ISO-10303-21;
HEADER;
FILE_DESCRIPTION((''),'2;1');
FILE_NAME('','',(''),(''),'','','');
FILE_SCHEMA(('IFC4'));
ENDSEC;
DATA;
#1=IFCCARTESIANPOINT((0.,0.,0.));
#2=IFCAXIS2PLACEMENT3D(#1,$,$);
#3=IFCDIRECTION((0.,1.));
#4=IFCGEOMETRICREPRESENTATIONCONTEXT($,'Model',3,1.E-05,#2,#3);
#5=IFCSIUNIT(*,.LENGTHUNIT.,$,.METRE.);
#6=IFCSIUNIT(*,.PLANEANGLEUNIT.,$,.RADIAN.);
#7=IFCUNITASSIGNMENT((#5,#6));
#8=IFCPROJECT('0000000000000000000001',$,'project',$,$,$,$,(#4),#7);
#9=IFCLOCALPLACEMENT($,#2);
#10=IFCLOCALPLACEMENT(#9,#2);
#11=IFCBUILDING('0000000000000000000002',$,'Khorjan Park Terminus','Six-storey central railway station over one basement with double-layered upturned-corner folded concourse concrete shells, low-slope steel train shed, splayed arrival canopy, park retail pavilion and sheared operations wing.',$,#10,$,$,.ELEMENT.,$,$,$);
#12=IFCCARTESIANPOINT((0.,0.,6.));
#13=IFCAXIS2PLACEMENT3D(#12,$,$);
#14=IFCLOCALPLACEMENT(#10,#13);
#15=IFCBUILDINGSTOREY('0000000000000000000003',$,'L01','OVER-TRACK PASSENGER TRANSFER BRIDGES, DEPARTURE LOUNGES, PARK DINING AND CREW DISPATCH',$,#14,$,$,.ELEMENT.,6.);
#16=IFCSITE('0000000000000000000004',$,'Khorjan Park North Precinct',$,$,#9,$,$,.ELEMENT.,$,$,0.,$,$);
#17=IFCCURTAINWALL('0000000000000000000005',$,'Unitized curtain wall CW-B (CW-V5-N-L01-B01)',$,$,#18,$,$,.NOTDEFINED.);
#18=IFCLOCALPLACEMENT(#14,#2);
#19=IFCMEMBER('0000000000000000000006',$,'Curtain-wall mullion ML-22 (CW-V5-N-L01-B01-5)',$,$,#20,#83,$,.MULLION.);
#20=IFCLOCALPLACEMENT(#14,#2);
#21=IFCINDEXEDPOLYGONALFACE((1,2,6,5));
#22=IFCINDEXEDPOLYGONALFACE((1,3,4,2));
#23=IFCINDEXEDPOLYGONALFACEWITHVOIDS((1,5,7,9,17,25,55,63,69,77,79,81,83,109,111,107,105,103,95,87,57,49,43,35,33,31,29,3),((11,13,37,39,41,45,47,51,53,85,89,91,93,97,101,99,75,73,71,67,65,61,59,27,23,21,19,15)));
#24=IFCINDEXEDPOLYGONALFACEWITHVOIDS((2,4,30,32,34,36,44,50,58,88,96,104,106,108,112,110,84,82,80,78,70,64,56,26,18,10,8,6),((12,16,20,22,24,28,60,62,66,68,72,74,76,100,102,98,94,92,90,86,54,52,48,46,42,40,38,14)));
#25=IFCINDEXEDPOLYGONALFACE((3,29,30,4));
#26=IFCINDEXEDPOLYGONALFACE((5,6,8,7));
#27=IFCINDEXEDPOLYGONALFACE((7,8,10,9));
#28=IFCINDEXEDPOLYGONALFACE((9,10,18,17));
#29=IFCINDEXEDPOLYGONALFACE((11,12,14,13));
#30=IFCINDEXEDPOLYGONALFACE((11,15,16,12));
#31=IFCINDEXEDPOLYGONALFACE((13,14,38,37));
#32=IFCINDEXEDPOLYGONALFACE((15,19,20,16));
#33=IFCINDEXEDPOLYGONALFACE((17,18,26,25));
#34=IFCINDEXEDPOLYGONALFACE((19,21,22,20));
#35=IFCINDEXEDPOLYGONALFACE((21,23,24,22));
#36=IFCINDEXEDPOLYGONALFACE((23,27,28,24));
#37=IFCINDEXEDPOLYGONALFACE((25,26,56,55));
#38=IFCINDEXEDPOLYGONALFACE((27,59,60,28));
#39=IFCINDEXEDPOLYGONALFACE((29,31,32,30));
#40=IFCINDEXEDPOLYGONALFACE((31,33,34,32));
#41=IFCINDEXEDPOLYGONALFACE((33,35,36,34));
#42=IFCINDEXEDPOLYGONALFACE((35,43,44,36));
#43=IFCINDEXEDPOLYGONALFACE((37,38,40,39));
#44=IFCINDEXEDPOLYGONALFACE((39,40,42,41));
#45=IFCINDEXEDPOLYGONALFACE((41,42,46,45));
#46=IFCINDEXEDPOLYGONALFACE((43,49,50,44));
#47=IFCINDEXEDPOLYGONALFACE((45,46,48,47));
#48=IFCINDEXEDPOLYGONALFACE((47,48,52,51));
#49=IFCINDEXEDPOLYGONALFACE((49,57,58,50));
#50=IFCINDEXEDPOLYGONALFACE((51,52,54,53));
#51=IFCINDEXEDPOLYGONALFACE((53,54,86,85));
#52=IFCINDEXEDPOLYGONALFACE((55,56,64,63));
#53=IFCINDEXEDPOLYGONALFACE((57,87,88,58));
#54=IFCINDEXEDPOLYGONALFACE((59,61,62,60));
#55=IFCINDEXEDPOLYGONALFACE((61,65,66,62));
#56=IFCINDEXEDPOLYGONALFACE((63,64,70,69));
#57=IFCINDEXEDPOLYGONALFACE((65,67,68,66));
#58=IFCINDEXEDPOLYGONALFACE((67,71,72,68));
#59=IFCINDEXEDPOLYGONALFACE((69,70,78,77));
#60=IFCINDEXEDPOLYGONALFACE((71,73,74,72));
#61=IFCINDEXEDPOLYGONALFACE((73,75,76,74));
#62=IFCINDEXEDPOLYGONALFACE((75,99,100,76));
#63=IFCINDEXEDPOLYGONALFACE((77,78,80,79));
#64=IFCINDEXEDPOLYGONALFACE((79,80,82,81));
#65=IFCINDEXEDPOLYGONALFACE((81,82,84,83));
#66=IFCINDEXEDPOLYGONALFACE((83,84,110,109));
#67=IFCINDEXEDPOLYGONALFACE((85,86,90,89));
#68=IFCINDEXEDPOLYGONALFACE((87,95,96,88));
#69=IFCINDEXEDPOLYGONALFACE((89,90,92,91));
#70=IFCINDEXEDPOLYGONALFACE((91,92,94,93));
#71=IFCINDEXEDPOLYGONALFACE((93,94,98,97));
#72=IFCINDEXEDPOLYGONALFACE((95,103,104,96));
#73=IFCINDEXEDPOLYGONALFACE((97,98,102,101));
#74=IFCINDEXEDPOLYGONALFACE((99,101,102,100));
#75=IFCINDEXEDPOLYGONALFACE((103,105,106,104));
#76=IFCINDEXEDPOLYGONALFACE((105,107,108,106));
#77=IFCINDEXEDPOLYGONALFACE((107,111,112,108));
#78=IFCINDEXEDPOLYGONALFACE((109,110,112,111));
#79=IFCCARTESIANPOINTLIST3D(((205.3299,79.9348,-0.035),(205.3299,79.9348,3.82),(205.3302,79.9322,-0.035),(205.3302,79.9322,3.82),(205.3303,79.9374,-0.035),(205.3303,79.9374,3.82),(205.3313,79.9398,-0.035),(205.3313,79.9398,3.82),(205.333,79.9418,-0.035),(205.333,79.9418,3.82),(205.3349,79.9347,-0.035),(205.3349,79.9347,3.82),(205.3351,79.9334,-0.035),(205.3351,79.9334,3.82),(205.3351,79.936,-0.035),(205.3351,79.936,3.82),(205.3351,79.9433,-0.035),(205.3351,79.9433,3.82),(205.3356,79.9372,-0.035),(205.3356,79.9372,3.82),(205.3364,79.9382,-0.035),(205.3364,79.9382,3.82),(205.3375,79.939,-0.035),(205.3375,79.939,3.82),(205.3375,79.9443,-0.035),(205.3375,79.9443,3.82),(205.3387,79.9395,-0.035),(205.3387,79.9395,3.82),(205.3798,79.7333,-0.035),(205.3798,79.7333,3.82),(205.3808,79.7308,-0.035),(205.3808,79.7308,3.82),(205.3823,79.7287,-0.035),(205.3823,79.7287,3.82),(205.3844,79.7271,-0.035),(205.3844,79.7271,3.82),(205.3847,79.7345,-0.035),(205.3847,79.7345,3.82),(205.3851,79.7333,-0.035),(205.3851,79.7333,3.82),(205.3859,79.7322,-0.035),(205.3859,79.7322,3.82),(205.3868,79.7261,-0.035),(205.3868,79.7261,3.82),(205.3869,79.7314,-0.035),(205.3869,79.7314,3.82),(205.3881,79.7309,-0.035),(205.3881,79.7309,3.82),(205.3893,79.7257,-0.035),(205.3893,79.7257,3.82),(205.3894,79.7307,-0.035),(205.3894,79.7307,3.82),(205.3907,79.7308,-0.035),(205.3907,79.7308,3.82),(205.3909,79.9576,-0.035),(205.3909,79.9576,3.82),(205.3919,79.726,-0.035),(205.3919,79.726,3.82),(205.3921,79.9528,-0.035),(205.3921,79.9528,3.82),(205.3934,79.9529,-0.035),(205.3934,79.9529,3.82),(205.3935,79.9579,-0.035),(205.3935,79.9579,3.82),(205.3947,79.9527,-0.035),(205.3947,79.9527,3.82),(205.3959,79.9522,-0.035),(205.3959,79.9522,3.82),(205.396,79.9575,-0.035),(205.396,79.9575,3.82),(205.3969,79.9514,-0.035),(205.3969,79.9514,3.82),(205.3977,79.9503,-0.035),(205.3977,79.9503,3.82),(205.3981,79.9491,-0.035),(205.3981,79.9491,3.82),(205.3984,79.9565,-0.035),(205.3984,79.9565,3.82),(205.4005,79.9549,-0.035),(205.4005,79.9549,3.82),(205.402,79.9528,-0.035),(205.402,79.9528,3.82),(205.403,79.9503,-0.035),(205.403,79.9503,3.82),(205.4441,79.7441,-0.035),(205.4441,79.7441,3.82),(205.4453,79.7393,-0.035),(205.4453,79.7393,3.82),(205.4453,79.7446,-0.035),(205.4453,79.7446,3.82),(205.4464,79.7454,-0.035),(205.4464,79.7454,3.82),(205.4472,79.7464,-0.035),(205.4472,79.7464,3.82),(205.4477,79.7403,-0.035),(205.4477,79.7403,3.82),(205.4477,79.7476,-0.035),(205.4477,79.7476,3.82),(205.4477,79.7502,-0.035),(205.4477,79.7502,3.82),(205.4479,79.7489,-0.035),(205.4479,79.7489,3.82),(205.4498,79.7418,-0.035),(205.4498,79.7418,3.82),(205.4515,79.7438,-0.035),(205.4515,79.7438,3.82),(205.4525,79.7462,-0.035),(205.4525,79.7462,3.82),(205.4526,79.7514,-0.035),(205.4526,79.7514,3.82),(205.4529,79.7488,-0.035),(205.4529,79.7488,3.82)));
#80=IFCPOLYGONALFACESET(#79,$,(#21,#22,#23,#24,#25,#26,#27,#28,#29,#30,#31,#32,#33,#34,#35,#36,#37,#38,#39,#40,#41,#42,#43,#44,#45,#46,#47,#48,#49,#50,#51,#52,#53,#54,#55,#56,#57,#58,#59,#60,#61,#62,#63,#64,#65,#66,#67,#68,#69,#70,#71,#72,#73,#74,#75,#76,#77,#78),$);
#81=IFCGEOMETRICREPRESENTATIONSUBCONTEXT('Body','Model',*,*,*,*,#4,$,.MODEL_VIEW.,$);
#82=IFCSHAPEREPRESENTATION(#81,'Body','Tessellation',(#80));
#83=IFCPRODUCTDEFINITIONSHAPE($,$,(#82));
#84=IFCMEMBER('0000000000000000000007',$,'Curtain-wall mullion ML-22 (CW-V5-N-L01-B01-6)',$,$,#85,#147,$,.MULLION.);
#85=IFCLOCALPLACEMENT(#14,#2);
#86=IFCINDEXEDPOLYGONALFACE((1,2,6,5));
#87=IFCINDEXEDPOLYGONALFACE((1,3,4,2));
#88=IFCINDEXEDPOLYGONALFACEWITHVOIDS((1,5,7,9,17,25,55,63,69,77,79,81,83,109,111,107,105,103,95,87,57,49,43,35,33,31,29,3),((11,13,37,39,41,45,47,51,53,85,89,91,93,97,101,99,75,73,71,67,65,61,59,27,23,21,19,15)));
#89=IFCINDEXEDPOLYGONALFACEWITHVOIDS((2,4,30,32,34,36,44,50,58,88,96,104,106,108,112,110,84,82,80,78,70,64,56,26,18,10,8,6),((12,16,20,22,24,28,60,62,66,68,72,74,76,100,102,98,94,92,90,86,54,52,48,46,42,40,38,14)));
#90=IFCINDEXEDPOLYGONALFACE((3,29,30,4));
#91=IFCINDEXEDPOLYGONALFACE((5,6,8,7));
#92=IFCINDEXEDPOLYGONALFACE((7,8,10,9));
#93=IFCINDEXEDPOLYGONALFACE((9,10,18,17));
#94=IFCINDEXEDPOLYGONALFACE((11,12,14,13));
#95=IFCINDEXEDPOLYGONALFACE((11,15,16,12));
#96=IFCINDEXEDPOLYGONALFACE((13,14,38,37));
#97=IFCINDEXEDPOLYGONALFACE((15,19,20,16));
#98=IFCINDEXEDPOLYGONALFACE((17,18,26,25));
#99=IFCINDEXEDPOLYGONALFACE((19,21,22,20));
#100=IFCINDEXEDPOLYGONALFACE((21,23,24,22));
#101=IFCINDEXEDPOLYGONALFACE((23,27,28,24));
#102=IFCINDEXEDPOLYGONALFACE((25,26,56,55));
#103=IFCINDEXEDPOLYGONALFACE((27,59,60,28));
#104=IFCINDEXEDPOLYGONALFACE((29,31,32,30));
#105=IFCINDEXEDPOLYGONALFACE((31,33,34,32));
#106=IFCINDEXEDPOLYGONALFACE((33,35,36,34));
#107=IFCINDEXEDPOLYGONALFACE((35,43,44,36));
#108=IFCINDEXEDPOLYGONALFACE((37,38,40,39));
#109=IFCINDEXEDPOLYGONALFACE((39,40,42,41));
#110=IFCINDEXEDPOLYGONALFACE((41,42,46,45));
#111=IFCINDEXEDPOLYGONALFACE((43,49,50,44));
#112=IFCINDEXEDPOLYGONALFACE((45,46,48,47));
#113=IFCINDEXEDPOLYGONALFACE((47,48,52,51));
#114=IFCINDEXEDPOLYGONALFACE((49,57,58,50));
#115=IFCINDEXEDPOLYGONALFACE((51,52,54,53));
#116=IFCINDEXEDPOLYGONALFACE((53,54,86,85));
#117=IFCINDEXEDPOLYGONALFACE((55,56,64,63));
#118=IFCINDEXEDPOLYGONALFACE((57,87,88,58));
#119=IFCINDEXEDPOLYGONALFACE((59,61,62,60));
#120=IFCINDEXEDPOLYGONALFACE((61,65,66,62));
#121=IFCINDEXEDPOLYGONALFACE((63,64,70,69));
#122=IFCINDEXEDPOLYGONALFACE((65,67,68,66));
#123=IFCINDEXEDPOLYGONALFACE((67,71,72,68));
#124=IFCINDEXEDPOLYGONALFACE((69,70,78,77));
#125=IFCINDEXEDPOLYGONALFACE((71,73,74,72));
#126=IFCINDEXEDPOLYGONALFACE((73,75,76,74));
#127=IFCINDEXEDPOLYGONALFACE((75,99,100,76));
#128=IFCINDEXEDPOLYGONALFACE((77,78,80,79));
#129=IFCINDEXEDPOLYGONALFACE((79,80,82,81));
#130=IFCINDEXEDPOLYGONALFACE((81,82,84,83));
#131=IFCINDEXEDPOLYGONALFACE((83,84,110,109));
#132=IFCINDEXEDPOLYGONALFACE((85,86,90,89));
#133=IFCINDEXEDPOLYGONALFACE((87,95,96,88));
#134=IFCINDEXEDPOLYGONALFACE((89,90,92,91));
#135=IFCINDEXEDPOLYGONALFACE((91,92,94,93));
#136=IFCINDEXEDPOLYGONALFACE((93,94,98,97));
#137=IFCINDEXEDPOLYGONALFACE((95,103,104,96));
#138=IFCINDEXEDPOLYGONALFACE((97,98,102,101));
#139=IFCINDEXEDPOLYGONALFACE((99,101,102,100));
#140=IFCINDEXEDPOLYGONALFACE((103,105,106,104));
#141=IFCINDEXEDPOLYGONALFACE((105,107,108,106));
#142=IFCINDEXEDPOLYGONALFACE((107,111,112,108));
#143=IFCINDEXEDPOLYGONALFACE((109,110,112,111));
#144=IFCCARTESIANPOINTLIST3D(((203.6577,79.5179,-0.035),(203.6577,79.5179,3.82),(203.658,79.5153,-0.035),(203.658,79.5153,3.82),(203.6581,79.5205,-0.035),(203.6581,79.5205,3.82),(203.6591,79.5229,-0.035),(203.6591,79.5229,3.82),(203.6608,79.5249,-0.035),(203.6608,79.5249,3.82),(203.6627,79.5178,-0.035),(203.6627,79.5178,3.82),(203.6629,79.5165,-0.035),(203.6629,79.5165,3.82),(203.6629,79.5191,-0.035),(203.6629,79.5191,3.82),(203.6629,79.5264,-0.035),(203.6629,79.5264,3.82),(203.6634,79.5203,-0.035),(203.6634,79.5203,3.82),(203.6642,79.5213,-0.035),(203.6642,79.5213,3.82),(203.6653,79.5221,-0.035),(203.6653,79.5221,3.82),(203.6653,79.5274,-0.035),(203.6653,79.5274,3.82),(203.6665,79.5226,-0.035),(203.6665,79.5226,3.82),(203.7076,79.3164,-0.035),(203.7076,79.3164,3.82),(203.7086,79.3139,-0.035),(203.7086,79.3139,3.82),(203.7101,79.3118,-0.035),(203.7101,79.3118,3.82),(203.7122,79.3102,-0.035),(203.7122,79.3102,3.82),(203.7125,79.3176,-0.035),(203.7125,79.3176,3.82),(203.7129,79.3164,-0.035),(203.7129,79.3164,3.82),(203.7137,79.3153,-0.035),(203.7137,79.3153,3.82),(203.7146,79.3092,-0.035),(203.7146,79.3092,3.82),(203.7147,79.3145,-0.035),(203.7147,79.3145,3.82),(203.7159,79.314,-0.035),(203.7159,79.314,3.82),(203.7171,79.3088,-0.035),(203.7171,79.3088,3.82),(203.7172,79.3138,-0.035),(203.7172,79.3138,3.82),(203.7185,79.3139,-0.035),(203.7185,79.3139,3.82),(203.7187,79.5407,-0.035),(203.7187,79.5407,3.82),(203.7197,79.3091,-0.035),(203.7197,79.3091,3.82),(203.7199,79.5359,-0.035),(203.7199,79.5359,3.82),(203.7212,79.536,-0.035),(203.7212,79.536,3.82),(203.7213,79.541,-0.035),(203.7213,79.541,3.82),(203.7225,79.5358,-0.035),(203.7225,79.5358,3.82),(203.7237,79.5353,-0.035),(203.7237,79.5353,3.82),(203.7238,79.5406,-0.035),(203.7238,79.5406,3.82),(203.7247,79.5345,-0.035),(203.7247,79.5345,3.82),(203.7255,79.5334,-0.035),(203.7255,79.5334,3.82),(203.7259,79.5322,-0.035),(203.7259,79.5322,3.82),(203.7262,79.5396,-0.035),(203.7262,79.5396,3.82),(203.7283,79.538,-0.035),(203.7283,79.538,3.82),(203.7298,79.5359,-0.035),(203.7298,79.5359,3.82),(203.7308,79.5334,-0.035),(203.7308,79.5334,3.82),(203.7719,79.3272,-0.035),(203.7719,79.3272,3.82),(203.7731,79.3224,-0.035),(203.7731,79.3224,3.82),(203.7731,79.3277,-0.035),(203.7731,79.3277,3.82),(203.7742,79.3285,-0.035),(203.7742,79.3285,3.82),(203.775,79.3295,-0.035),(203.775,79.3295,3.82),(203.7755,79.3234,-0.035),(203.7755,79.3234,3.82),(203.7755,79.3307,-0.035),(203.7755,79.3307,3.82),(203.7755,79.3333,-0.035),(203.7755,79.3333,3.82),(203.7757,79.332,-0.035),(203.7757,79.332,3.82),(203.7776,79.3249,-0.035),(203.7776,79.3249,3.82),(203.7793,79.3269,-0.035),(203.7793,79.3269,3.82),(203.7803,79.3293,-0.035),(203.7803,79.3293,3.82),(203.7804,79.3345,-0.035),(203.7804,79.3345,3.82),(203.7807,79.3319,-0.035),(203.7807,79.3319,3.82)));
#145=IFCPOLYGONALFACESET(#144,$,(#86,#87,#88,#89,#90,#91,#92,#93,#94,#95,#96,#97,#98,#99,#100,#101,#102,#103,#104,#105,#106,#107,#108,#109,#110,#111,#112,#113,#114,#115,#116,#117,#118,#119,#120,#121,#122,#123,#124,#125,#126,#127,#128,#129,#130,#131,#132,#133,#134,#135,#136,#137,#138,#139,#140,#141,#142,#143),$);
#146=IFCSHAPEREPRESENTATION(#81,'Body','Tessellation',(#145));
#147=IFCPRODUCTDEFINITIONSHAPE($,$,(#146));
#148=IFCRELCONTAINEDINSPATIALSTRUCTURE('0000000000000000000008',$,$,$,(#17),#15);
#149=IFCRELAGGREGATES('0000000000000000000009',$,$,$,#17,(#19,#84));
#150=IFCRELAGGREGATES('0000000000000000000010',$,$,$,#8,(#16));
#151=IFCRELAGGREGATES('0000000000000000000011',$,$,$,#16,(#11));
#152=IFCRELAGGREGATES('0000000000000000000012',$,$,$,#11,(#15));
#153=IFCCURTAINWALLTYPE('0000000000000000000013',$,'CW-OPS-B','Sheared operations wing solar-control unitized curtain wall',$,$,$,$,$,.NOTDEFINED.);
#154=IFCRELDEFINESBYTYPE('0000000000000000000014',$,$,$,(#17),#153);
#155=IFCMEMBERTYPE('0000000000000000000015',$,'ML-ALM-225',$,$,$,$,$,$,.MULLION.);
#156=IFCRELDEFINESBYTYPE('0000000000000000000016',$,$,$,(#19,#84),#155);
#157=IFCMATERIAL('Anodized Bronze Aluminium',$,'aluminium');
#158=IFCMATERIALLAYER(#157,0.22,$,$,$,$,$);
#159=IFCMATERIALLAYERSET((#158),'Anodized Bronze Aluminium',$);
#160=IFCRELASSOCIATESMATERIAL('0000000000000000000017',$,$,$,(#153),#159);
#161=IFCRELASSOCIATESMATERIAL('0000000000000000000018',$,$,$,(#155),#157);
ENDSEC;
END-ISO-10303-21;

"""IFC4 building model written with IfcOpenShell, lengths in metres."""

from ifc_helpers import new_model, si_unit, direction, frame, origin, origin_2d, place, context, subcontext, project, spatial, hollow_rectangle, extrude, material, layer, layer_set, material_profile, profile_set, type_object, element, aggregate, save


model = new_model("IFC4")

# Units and contexts
model_context = context("Model", 3, precision=1e-05, world=origin(), true_north=direction((0.0, 1.0)))
body_context = subcontext(model_context, "Body", "Model", "MODEL_VIEW")
ifc_project = project(units=[si_unit("LENGTHUNIT", "METRE"), si_unit("PLANEANGLEUNIT", "RADIAN")], contexts=[model_context])

# Site, building, storey
site_placement = place(None, origin())
site = spatial("IfcSite", under=ifc_project, at=site_placement, Name="Khorjan Park North Precinct", CompositionType="ELEMENT", RefElevation=0.0)
building_placement = place(site_placement, origin())
building = spatial("IfcBuilding", under=site, at=building_placement, Name="Khorjan Park Terminus", Description="Six-storey central railway station over one basement with double-layered upturned-corner folded concourse concrete shells, low-slope steel train shed, splayed arrival canopy, park retail pavilion and sheared operations wing.", CompositionType="ELEMENT")
storey_placement = place(building_placement, frame((0.0, 0.0, 6.0)))
storey = spatial("IfcBuildingStorey", under=building, at=storey_placement, Name="L01", Description="OVER-TRACK PASSENGER TRANSFER BRIDGES, DEPARTURE LOUNGES, PARK DINING AND CREW DISPATCH", CompositionType="ELEMENT", Elevation=6.0)

# Curtain wall, members
ifc_material_1 = material(Name="Anodized Bronze Aluminium", Category="aluminium")
ifc_layer_1 = layer(ifc_material_1, 0.22)
ifc_layer_set_1 = layer_set([ifc_layer_1], Name="Anodized Bronze Aluminium")
curtain_wall_type = type_object("IfcCurtainWallType", Name="CW-OPS-B", Description="Sheared operations wing solar-control unitized curtain wall", PredefinedType="NOTDEFINED", material=ifc_layer_set_1)
curtain_wall_1_placement = place(storey_placement, origin())
curtain_wall_1 = element("IfcCurtainWall", 1, at=curtain_wall_1_placement, inside=storey, type_object=curtain_wall_type, Name="Unitized curtain wall CW-B (CW-V5-N-L01-B01)", PredefinedType="NOTDEFINED")
ifc_material_profile_1 = material_profile(ifc_material_1, hollow_rectangle(XDim=0.075, YDim=0.225, WallThickness=0.005, InnerFilletRadius=0.005, OuterFilletRadius=0.01, at=origin_2d()), Name="ALM 75x225x5")
ifc_profile_set_1 = profile_set([ifc_material_profile_1], Name="Anodized Bronze Aluminium")
member_type_1 = type_object("IfcMemberType", Name="ML-ALM-225", PredefinedType="MULLION", material=ifc_profile_set_1)
member_1_placement = place(storey_placement, frame((205.3914, 79.8418, -0.035), z_axis=(0.0, 0.0, 1.0), x_axis=(-0.970294, -0.241928, 0.0)))
member_1 = element("IfcMember", 2, at=member_1_placement, type_object=member_type_1, Name="Curtain-wall mullion ML-22 (CW-V5-N-L01-B01-5)", PredefinedType="MULLION", context=body_context, shape_type="SweptSolid", body=[
    extrude(hollow_rectangle(XDim=0.075, YDim=0.225, WallThickness=0.005, InnerFilletRadius=0.005, OuterFilletRadius=0.01, at=origin_2d()), origin(), (0.0, 0.0, 1.0), 3.855),
])
member_2_placement = place(storey_placement, frame((203.7192, 79.4249, -0.035), z_axis=(0.0, 0.0, 1.0), x_axis=(-0.970294, -0.241928, 0.0)))
member_2 = element("IfcMember", 3, at=member_2_placement, type_object=member_type_1, Name="Curtain-wall mullion ML-22 (CW-V5-N-L01-B01-6)", PredefinedType="MULLION", context=body_context, shape_type="SweptSolid", body=[
    extrude(hollow_rectangle(XDim=0.075, YDim=0.225, WallThickness=0.005, InnerFilletRadius=0.005, OuterFilletRadius=0.01, at=origin_2d()), origin(), (0.0, 0.0, 1.0), 3.855),
])

aggregate(curtain_wall_1, [member_1, member_2])

save(model, "model.ifc")
